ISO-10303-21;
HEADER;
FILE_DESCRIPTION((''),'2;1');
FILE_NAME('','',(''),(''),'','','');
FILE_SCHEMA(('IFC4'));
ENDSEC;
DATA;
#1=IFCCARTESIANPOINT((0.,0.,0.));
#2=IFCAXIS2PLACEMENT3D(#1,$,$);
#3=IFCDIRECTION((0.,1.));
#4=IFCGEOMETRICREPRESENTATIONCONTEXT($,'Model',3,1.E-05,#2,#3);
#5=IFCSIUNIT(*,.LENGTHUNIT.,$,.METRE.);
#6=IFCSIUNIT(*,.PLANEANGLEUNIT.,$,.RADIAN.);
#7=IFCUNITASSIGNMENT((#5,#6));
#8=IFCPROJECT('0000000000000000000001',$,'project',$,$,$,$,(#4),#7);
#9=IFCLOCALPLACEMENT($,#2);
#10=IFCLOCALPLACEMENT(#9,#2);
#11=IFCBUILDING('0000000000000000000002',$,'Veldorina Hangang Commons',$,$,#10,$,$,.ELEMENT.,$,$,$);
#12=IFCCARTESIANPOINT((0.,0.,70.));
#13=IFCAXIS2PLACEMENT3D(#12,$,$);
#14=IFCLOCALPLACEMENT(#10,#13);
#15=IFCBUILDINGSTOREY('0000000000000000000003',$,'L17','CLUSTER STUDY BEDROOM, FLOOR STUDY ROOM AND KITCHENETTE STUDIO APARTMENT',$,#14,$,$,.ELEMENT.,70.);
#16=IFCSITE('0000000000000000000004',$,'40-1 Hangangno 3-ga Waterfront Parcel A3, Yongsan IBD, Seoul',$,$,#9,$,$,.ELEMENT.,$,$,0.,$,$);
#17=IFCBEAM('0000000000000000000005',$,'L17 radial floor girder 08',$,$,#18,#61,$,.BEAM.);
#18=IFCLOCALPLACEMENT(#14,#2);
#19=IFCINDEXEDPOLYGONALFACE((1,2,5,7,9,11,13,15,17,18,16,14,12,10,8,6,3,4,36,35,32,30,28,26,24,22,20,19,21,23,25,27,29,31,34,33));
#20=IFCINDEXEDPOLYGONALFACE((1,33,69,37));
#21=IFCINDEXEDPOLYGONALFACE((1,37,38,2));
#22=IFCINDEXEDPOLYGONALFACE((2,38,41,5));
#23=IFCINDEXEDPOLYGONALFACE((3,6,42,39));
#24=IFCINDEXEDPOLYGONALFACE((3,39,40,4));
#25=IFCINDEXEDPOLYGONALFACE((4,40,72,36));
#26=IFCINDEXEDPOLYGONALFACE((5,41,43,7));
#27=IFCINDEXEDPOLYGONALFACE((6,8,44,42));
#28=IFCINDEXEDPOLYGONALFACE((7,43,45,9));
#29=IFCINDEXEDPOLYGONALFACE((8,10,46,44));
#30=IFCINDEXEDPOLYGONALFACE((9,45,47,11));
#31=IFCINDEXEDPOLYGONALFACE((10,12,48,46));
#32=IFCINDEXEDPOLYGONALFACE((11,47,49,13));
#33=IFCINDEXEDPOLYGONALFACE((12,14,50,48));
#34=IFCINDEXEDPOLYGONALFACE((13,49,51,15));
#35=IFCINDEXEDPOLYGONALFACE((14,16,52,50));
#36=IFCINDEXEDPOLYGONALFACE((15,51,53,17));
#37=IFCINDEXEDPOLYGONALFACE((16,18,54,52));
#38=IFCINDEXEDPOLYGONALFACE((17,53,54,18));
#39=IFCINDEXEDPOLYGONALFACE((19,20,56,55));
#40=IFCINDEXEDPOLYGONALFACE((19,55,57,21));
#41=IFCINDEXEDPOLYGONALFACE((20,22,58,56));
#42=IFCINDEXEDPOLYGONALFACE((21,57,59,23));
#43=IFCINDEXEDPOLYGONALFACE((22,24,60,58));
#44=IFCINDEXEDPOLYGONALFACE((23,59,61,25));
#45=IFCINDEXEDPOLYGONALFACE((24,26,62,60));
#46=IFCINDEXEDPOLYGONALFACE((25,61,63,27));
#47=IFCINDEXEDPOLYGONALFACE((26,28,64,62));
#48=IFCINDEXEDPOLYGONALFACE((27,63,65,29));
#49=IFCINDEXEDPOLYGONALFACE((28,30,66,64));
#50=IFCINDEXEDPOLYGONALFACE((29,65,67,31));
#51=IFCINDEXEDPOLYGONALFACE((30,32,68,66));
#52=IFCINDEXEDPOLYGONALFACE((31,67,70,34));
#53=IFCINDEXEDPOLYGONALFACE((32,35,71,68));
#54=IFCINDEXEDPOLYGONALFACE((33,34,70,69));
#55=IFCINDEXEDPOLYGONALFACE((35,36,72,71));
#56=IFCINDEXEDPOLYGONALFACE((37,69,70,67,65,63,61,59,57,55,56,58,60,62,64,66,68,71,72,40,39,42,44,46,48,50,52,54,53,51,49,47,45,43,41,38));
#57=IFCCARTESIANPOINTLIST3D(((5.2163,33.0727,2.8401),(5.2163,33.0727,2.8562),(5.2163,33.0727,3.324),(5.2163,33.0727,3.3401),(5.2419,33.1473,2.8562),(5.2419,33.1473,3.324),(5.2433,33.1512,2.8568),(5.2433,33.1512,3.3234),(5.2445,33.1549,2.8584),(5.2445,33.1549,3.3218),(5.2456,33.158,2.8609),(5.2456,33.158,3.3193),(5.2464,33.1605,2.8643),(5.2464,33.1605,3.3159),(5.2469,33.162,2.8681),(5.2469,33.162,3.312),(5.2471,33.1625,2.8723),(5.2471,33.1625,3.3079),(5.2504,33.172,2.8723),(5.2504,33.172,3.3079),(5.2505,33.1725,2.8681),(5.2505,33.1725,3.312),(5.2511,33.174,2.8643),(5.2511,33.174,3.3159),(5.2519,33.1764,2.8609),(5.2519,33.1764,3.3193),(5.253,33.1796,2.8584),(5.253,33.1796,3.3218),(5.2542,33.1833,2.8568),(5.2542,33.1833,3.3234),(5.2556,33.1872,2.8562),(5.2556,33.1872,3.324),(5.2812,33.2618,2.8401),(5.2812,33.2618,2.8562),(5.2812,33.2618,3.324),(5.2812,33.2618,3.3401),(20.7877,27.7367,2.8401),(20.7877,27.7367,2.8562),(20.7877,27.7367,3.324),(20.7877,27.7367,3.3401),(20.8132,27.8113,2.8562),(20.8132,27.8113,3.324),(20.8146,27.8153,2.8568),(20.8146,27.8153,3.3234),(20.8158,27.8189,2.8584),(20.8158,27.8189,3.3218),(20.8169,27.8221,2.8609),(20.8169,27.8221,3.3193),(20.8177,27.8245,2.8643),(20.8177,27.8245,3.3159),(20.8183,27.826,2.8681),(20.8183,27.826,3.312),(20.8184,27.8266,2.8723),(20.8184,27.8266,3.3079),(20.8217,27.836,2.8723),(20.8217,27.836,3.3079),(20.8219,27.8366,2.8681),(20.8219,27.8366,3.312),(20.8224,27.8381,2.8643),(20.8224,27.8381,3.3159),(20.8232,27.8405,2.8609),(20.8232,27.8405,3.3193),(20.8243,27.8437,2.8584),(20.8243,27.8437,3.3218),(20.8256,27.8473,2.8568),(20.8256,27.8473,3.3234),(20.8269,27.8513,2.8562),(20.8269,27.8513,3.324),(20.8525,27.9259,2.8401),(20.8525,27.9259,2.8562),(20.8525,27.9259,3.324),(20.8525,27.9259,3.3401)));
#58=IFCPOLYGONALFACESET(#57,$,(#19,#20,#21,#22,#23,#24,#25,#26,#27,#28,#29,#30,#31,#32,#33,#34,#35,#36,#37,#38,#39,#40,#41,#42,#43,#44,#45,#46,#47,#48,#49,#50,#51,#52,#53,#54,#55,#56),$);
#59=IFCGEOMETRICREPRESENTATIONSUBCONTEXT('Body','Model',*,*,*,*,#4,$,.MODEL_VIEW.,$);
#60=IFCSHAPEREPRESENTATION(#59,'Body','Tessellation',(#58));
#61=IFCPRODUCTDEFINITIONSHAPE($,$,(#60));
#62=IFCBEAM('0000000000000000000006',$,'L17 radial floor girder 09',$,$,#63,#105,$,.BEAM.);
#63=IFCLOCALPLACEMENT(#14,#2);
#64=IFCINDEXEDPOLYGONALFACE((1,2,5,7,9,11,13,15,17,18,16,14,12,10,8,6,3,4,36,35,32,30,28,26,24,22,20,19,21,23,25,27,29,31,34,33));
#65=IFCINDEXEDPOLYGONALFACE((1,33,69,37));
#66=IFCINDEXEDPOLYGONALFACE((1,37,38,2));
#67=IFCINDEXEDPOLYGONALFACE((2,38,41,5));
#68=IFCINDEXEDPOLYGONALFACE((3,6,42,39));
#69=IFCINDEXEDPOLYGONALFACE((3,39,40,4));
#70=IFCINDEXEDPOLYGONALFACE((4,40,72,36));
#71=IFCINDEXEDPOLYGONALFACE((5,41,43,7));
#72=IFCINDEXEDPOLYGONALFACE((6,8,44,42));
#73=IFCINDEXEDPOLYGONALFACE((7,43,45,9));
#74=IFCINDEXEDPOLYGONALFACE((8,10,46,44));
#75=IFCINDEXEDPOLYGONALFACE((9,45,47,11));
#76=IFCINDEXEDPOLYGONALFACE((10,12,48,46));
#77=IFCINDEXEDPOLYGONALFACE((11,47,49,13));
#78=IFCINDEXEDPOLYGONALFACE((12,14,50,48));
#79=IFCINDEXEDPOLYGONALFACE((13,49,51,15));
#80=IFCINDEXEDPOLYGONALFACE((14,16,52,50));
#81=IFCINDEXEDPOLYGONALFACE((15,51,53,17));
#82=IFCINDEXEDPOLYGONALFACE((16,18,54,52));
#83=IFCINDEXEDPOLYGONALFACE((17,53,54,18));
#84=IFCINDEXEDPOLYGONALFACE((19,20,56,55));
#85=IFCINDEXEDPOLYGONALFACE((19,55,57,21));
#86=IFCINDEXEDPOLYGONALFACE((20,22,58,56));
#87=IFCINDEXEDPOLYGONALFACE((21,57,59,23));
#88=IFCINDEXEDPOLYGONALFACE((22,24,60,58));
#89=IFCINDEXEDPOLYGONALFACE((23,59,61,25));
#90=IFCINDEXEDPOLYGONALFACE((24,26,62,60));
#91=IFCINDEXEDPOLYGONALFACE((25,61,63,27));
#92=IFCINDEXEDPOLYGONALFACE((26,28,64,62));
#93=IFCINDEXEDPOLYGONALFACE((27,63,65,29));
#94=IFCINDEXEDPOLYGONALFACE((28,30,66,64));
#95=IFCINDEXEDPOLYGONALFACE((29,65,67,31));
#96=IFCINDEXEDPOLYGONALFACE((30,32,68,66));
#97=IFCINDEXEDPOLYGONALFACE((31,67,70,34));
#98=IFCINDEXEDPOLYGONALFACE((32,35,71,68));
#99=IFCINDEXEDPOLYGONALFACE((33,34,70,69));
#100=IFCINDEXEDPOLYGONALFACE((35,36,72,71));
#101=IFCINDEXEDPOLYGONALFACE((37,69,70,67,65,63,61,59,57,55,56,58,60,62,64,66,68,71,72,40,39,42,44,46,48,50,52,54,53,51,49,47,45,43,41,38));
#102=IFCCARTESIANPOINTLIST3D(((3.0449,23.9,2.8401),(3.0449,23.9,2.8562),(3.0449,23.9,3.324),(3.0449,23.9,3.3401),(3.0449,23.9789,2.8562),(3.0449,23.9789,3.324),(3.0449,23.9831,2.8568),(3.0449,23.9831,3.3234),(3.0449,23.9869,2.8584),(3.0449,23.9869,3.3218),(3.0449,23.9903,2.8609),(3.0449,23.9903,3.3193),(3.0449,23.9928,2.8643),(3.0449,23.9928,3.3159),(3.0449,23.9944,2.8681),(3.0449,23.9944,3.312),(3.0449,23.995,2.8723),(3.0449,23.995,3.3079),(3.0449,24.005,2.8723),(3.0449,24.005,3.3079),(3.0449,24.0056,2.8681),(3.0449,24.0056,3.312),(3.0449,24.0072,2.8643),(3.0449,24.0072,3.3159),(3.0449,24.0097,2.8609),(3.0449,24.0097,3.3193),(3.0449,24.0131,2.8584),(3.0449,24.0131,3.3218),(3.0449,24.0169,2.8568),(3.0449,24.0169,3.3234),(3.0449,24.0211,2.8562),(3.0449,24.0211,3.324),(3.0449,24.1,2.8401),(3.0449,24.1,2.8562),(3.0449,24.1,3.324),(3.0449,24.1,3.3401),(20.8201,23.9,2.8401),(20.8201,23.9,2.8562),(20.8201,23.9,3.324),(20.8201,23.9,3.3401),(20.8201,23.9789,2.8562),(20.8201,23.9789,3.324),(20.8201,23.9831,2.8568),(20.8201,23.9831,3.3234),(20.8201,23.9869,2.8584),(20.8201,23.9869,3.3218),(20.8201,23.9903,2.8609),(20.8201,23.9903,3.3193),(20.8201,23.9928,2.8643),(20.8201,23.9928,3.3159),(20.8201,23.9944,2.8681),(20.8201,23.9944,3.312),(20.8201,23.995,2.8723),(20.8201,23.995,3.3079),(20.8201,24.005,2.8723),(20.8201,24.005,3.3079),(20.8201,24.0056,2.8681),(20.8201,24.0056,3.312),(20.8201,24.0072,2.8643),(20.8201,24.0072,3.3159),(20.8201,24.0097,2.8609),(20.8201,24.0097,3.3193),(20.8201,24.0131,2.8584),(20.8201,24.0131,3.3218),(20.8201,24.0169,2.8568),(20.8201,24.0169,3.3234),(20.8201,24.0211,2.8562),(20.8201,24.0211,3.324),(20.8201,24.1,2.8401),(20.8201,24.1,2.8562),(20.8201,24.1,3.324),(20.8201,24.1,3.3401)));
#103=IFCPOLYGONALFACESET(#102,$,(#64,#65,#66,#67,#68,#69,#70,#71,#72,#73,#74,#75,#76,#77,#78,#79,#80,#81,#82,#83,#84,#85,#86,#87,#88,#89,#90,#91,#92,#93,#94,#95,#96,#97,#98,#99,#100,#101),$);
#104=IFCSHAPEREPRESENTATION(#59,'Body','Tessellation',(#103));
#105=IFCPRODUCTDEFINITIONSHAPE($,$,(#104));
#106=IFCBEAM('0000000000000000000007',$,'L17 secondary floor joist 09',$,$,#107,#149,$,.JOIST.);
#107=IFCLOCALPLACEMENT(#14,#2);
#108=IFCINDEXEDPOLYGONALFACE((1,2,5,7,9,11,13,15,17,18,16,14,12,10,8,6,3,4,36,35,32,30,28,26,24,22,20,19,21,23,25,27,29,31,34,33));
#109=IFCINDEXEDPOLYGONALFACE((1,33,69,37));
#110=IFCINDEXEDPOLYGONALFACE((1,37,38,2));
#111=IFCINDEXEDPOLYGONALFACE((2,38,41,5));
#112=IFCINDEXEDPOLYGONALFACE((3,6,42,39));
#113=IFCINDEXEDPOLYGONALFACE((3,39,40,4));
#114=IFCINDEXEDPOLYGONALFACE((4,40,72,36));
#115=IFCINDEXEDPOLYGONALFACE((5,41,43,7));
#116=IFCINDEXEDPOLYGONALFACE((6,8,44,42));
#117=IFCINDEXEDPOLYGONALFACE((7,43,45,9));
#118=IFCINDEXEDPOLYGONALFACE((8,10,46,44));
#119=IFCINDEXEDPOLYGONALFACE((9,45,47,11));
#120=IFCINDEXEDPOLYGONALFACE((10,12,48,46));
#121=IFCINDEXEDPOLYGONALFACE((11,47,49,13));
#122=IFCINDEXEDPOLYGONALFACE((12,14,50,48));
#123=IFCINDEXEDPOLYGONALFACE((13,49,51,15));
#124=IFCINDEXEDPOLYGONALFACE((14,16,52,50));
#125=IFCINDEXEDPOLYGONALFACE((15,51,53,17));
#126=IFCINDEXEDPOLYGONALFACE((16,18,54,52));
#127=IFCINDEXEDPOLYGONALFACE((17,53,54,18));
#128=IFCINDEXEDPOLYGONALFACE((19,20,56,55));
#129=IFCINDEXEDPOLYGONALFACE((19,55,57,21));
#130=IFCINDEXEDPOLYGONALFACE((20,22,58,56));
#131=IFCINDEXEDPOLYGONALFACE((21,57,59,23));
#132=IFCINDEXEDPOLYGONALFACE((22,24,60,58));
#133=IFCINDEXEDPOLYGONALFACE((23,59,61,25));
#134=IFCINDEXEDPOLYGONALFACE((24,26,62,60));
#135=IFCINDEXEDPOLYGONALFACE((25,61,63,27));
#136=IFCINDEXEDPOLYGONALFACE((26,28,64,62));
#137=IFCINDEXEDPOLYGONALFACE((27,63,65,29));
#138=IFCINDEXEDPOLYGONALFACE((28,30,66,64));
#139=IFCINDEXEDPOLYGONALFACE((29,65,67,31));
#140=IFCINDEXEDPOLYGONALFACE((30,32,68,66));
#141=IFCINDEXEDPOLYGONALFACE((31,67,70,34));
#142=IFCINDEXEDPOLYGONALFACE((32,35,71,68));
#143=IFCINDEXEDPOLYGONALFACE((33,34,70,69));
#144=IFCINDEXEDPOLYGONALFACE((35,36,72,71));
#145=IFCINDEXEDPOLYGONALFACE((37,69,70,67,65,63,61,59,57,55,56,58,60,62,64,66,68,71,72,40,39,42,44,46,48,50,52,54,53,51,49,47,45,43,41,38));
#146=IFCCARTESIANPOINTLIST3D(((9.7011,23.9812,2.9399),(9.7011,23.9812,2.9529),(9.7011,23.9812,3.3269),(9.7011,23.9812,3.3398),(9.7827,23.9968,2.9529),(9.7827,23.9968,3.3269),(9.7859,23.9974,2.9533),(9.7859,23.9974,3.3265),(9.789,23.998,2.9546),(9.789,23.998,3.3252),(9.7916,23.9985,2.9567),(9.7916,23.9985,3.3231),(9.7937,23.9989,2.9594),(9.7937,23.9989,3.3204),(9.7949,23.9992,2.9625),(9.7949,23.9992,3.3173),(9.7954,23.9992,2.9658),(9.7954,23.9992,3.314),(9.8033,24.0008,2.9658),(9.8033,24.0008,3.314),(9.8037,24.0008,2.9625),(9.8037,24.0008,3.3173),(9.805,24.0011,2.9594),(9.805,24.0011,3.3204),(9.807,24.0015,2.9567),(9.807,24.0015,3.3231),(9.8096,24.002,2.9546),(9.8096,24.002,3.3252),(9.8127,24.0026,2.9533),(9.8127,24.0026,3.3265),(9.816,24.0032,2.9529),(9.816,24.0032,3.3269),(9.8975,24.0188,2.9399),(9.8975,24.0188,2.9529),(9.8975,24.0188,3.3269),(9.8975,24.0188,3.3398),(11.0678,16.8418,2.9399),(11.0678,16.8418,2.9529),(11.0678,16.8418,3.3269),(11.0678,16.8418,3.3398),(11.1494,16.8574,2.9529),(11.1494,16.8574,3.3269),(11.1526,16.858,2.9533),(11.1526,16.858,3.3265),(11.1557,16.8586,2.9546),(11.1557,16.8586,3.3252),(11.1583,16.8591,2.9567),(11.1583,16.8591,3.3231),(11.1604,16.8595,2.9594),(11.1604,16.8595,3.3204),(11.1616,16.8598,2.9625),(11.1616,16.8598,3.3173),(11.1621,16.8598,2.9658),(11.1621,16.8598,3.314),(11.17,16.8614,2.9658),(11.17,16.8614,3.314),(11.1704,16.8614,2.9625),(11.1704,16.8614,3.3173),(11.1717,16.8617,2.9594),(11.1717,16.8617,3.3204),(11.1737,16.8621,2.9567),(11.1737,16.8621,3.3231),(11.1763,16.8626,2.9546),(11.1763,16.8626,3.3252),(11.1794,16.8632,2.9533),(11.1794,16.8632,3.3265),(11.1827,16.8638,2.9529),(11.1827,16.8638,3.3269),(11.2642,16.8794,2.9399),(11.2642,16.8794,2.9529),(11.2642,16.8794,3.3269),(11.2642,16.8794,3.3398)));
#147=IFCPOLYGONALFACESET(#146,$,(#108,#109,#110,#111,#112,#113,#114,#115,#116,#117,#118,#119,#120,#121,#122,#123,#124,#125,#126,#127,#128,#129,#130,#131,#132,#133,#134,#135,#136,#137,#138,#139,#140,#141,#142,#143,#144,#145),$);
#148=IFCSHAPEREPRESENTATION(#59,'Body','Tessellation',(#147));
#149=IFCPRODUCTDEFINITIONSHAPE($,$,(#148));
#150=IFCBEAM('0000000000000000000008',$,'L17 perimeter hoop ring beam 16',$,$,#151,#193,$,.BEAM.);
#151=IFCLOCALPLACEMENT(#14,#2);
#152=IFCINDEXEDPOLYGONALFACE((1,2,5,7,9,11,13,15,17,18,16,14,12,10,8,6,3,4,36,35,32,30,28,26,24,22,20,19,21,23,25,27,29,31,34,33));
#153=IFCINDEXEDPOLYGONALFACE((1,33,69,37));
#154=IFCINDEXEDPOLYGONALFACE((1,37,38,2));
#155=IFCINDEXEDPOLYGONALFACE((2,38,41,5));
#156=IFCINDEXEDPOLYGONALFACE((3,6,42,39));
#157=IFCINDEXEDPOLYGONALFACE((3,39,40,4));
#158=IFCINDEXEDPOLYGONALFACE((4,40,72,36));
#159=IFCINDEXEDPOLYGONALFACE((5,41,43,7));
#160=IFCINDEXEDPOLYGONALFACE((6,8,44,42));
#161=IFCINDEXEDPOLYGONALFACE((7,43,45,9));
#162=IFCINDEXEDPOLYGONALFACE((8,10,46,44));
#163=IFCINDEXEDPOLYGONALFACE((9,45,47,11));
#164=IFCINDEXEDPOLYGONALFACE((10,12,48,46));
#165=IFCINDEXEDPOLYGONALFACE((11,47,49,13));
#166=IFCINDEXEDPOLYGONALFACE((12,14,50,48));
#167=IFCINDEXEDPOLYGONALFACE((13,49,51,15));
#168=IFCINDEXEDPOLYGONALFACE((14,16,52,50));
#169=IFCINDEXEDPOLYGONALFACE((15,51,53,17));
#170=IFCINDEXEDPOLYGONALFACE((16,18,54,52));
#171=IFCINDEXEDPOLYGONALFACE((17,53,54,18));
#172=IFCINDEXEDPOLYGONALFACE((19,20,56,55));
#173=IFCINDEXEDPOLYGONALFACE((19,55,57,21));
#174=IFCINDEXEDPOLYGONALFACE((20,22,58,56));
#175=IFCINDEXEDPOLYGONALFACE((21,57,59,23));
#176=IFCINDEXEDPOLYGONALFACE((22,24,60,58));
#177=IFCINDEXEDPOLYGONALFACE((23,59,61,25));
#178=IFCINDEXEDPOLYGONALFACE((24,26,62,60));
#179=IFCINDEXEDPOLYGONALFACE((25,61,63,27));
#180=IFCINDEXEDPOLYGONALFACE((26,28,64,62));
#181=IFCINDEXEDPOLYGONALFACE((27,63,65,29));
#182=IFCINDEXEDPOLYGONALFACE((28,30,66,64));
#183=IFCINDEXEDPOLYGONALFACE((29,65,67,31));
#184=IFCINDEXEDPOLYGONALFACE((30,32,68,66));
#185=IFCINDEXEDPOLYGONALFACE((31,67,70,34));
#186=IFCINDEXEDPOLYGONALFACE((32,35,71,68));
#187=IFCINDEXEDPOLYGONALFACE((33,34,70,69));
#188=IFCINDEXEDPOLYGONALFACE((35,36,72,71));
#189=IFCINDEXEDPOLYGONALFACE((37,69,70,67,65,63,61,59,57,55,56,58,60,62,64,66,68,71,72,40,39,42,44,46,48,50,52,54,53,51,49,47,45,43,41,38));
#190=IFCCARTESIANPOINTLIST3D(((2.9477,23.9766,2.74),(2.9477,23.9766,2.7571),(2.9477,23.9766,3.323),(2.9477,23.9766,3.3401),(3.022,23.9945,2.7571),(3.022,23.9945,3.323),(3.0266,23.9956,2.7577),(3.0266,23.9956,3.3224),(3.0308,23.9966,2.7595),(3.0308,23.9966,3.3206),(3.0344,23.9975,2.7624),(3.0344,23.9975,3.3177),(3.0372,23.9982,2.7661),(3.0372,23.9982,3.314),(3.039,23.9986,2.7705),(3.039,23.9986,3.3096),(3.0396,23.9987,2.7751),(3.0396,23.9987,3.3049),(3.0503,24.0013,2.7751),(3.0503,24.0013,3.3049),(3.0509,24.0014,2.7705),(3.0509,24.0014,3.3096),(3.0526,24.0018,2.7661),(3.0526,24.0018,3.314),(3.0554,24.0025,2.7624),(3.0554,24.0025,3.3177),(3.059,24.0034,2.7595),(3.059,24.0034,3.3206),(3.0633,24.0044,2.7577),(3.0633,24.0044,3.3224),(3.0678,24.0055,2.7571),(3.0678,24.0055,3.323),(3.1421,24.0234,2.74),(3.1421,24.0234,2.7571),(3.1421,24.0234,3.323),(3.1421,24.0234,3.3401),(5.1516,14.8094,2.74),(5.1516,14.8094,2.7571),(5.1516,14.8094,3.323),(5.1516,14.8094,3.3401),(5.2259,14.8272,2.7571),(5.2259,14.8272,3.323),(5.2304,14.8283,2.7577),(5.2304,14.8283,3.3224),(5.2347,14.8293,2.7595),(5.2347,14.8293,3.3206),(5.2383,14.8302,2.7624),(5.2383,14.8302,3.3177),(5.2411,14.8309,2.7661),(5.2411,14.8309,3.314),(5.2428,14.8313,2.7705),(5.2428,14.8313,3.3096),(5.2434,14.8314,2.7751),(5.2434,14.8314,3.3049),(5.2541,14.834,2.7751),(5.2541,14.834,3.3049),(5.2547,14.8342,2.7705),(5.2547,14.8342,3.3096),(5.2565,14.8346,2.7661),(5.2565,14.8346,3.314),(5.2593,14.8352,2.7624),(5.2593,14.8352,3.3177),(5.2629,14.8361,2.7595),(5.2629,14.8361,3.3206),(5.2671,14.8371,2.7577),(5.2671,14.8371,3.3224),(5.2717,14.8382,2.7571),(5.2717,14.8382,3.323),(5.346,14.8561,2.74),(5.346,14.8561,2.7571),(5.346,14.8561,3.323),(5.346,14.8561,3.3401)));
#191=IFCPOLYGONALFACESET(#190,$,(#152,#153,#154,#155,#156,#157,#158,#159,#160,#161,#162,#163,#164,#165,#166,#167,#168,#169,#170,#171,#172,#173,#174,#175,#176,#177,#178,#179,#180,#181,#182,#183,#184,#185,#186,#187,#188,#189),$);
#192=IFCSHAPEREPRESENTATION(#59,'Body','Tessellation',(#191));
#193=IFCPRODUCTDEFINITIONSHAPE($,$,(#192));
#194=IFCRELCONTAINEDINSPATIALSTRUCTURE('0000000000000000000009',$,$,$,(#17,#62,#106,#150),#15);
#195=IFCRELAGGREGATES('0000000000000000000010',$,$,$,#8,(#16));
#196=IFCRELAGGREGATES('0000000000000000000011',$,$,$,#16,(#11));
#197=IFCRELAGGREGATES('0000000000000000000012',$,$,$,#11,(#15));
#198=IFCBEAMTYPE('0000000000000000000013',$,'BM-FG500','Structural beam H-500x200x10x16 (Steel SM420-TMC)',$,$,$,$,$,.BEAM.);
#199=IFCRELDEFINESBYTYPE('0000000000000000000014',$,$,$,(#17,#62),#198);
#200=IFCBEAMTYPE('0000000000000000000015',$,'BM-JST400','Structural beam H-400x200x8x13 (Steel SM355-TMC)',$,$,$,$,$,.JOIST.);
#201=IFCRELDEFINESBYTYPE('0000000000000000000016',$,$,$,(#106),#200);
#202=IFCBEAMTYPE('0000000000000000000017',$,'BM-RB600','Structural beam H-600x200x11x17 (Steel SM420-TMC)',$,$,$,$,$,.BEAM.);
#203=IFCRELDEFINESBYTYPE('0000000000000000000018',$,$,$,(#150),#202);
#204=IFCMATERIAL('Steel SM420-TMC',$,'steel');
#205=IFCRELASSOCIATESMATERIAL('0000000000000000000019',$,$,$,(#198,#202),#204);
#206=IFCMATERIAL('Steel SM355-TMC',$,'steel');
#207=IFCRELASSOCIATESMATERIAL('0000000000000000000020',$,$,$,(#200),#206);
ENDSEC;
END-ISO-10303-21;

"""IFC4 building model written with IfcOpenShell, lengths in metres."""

from ifc_helpers import new_model, si_unit, direction, frame, origin, origin_2d, place, context, subcontext, project, spatial, i_section, extrude, material, material_profile, profile_set, type_object, element, save


model = new_model("IFC4")

# Units and contexts
model_context = context("Model", 3, precision=1e-05, world=origin(), true_north=direction((0.0, 1.0)))
body_context = subcontext(model_context, "Body", "Model", "MODEL_VIEW")
ifc_project = project(units=[si_unit("LENGTHUNIT", "METRE"), si_unit("PLANEANGLEUNIT", "RADIAN")], contexts=[model_context])

# Site, building, storey
site_placement = place(None, origin())
site = spatial("IfcSite", under=ifc_project, at=site_placement, Name="40-1 Hangangno 3-ga Waterfront Parcel A3, Yongsan IBD, Seoul", CompositionType="ELEMENT", RefElevation=0.0)
building_placement = place(site_placement, origin())
building = spatial("IfcBuilding", under=site, at=building_placement, Name="Veldorina Hangang Commons", CompositionType="ELEMENT")
storey_placement = place(building_placement, frame((0.0, 0.0, 70.0)))
storey = spatial("IfcBuildingStorey", under=building, at=storey_placement, Name="L17", Description="CLUSTER STUDY BEDROOM, FLOOR STUDY ROOM AND KITCHENETTE STUDIO APARTMENT", CompositionType="ELEMENT", Elevation=70.0)

# Beams
ifc_material_1 = material(Name="Steel SM420-TMC", Category="steel")
ifc_material_profile_1 = material_profile(ifc_material_1, i_section(OverallWidth=0.2, OverallDepth=0.5, WebThickness=0.01, FlangeThickness=0.0161, FilletRadius=0.0161, at=origin_2d()), Name="H-500x200x10x16")
ifc_profile_set_1 = profile_set([ifc_material_profile_1], Name="Steel SM420-TMC")
beam_type_1 = type_object("IfcBeamType", Name="BM-FG500", Description="Structural beam H-500x200x10x16 (Steel SM420-TMC)", PredefinedType="BEAM", material=ifc_profile_set_1)
beam_1_placement = place(storey_placement, frame((20.8201, 27.8313, 3.0901), z_axis=(-0.945998, 0.324173, 0.0), x_axis=(-0.324173, -0.945998, 0.0)))
element("IfcBeam", 1, at=beam_1_placement, inside=storey, type_object=beam_type_1, Name="L17 radial floor girder 08", PredefinedType="BEAM", context=body_context, shape_type="SweptSolid", body=[
    extrude(i_section(OverallWidth=0.2, OverallDepth=0.5, WebThickness=0.01, FlangeThickness=0.0161, FilletRadius=0.0161, at=origin_2d()), origin(), (0.0, 0.0, 1.0), 16.4602),
])
beam_2_placement = place(storey_placement, frame((20.8201, 24.0, 3.0901), z_axis=(-1.0, 0.0, 0.0), x_axis=(0.0, -1.0, 0.0)))
element("IfcBeam", 2, at=beam_2_placement, inside=storey, type_object=beam_type_1, Name="L17 radial floor girder 09", PredefinedType="BEAM", context=body_context, shape_type="SweptSolid", body=[
    extrude(i_section(OverallWidth=0.2, OverallDepth=0.5, WebThickness=0.01, FlangeThickness=0.0161, FilletRadius=0.0161, at=origin_2d()), origin(), (0.0, 0.0, 1.0), 17.7751),
])
ifc_material_2 = material(Name="Steel SM355-TMC", Category="steel")
ifc_material_profile_2 = material_profile(ifc_material_2, i_section(OverallWidth=0.2, OverallDepth=0.3999, WebThickness=0.0081, FlangeThickness=0.0129, FilletRadius=0.0129, at=origin_2d()), Name="H-400x200x8x13")
ifc_profile_set_2 = profile_set([ifc_material_profile_2], Name="Steel SM355-TMC")
beam_type_2 = type_object("IfcBeamType", Name="BM-JST400", Description="Structural beam H-400x200x8x13 (Steel SM355-TMC)", PredefinedType="JOIST", material=ifc_profile_set_2)
beam_3_placement = place(storey_placement, frame((9.7993, 24.0, 3.1399), z_axis=(0.188016, -0.982166, 0.0), x_axis=(0.982166, 0.188016, 0.0)))
element("IfcBeam", 3, at=beam_3_placement, inside=storey, type_object=beam_type_2, Name="L17 secondary floor joist 09", PredefinedType="JOIST", context=body_context, shape_type="SweptSolid", body=[
    extrude(i_section(OverallWidth=0.2, OverallDepth=0.3999, WebThickness=0.0081, FlangeThickness=0.0129, FilletRadius=0.0129, at=origin_2d()), origin(), (0.0, 0.0, 1.0), 7.269),
])
ifc_material_profile_3 = material_profile(ifc_material_1, i_section(OverallWidth=0.2, OverallDepth=0.6001, WebThickness=0.011, FlangeThickness=0.0171, FilletRadius=0.0181, at=origin_2d()), Name="H-600x200x11x17")
ifc_profile_set_3 = profile_set([ifc_material_profile_3], Name="Steel SM420-TMC")
beam_type_3 = type_object("IfcBeamType", Name="BM-RB600", Description="Structural beam H-600x200x11x17 (Steel SM420-TMC)", PredefinedType="BEAM", material=ifc_profile_set_3)
beam_4_placement = place(storey_placement, frame((3.0449, 24.0, 3.04), z_axis=(0.233746, -0.972298, 0.0), x_axis=(0.972298, 0.233746, 0.0)))
element("IfcBeam", 4, at=beam_4_placement, inside=storey, type_object=beam_type_3, Name="L17 perimeter hoop ring beam 16", PredefinedType="BEAM", context=body_context, shape_type="SweptSolid", body=[
    extrude(i_section(OverallWidth=0.2, OverallDepth=0.6001, WebThickness=0.011, FlangeThickness=0.0171, FilletRadius=0.0181, at=origin_2d()), origin(), (0.0, 0.0, 1.0), 9.4285),
])

save(model, "model.ifc")
